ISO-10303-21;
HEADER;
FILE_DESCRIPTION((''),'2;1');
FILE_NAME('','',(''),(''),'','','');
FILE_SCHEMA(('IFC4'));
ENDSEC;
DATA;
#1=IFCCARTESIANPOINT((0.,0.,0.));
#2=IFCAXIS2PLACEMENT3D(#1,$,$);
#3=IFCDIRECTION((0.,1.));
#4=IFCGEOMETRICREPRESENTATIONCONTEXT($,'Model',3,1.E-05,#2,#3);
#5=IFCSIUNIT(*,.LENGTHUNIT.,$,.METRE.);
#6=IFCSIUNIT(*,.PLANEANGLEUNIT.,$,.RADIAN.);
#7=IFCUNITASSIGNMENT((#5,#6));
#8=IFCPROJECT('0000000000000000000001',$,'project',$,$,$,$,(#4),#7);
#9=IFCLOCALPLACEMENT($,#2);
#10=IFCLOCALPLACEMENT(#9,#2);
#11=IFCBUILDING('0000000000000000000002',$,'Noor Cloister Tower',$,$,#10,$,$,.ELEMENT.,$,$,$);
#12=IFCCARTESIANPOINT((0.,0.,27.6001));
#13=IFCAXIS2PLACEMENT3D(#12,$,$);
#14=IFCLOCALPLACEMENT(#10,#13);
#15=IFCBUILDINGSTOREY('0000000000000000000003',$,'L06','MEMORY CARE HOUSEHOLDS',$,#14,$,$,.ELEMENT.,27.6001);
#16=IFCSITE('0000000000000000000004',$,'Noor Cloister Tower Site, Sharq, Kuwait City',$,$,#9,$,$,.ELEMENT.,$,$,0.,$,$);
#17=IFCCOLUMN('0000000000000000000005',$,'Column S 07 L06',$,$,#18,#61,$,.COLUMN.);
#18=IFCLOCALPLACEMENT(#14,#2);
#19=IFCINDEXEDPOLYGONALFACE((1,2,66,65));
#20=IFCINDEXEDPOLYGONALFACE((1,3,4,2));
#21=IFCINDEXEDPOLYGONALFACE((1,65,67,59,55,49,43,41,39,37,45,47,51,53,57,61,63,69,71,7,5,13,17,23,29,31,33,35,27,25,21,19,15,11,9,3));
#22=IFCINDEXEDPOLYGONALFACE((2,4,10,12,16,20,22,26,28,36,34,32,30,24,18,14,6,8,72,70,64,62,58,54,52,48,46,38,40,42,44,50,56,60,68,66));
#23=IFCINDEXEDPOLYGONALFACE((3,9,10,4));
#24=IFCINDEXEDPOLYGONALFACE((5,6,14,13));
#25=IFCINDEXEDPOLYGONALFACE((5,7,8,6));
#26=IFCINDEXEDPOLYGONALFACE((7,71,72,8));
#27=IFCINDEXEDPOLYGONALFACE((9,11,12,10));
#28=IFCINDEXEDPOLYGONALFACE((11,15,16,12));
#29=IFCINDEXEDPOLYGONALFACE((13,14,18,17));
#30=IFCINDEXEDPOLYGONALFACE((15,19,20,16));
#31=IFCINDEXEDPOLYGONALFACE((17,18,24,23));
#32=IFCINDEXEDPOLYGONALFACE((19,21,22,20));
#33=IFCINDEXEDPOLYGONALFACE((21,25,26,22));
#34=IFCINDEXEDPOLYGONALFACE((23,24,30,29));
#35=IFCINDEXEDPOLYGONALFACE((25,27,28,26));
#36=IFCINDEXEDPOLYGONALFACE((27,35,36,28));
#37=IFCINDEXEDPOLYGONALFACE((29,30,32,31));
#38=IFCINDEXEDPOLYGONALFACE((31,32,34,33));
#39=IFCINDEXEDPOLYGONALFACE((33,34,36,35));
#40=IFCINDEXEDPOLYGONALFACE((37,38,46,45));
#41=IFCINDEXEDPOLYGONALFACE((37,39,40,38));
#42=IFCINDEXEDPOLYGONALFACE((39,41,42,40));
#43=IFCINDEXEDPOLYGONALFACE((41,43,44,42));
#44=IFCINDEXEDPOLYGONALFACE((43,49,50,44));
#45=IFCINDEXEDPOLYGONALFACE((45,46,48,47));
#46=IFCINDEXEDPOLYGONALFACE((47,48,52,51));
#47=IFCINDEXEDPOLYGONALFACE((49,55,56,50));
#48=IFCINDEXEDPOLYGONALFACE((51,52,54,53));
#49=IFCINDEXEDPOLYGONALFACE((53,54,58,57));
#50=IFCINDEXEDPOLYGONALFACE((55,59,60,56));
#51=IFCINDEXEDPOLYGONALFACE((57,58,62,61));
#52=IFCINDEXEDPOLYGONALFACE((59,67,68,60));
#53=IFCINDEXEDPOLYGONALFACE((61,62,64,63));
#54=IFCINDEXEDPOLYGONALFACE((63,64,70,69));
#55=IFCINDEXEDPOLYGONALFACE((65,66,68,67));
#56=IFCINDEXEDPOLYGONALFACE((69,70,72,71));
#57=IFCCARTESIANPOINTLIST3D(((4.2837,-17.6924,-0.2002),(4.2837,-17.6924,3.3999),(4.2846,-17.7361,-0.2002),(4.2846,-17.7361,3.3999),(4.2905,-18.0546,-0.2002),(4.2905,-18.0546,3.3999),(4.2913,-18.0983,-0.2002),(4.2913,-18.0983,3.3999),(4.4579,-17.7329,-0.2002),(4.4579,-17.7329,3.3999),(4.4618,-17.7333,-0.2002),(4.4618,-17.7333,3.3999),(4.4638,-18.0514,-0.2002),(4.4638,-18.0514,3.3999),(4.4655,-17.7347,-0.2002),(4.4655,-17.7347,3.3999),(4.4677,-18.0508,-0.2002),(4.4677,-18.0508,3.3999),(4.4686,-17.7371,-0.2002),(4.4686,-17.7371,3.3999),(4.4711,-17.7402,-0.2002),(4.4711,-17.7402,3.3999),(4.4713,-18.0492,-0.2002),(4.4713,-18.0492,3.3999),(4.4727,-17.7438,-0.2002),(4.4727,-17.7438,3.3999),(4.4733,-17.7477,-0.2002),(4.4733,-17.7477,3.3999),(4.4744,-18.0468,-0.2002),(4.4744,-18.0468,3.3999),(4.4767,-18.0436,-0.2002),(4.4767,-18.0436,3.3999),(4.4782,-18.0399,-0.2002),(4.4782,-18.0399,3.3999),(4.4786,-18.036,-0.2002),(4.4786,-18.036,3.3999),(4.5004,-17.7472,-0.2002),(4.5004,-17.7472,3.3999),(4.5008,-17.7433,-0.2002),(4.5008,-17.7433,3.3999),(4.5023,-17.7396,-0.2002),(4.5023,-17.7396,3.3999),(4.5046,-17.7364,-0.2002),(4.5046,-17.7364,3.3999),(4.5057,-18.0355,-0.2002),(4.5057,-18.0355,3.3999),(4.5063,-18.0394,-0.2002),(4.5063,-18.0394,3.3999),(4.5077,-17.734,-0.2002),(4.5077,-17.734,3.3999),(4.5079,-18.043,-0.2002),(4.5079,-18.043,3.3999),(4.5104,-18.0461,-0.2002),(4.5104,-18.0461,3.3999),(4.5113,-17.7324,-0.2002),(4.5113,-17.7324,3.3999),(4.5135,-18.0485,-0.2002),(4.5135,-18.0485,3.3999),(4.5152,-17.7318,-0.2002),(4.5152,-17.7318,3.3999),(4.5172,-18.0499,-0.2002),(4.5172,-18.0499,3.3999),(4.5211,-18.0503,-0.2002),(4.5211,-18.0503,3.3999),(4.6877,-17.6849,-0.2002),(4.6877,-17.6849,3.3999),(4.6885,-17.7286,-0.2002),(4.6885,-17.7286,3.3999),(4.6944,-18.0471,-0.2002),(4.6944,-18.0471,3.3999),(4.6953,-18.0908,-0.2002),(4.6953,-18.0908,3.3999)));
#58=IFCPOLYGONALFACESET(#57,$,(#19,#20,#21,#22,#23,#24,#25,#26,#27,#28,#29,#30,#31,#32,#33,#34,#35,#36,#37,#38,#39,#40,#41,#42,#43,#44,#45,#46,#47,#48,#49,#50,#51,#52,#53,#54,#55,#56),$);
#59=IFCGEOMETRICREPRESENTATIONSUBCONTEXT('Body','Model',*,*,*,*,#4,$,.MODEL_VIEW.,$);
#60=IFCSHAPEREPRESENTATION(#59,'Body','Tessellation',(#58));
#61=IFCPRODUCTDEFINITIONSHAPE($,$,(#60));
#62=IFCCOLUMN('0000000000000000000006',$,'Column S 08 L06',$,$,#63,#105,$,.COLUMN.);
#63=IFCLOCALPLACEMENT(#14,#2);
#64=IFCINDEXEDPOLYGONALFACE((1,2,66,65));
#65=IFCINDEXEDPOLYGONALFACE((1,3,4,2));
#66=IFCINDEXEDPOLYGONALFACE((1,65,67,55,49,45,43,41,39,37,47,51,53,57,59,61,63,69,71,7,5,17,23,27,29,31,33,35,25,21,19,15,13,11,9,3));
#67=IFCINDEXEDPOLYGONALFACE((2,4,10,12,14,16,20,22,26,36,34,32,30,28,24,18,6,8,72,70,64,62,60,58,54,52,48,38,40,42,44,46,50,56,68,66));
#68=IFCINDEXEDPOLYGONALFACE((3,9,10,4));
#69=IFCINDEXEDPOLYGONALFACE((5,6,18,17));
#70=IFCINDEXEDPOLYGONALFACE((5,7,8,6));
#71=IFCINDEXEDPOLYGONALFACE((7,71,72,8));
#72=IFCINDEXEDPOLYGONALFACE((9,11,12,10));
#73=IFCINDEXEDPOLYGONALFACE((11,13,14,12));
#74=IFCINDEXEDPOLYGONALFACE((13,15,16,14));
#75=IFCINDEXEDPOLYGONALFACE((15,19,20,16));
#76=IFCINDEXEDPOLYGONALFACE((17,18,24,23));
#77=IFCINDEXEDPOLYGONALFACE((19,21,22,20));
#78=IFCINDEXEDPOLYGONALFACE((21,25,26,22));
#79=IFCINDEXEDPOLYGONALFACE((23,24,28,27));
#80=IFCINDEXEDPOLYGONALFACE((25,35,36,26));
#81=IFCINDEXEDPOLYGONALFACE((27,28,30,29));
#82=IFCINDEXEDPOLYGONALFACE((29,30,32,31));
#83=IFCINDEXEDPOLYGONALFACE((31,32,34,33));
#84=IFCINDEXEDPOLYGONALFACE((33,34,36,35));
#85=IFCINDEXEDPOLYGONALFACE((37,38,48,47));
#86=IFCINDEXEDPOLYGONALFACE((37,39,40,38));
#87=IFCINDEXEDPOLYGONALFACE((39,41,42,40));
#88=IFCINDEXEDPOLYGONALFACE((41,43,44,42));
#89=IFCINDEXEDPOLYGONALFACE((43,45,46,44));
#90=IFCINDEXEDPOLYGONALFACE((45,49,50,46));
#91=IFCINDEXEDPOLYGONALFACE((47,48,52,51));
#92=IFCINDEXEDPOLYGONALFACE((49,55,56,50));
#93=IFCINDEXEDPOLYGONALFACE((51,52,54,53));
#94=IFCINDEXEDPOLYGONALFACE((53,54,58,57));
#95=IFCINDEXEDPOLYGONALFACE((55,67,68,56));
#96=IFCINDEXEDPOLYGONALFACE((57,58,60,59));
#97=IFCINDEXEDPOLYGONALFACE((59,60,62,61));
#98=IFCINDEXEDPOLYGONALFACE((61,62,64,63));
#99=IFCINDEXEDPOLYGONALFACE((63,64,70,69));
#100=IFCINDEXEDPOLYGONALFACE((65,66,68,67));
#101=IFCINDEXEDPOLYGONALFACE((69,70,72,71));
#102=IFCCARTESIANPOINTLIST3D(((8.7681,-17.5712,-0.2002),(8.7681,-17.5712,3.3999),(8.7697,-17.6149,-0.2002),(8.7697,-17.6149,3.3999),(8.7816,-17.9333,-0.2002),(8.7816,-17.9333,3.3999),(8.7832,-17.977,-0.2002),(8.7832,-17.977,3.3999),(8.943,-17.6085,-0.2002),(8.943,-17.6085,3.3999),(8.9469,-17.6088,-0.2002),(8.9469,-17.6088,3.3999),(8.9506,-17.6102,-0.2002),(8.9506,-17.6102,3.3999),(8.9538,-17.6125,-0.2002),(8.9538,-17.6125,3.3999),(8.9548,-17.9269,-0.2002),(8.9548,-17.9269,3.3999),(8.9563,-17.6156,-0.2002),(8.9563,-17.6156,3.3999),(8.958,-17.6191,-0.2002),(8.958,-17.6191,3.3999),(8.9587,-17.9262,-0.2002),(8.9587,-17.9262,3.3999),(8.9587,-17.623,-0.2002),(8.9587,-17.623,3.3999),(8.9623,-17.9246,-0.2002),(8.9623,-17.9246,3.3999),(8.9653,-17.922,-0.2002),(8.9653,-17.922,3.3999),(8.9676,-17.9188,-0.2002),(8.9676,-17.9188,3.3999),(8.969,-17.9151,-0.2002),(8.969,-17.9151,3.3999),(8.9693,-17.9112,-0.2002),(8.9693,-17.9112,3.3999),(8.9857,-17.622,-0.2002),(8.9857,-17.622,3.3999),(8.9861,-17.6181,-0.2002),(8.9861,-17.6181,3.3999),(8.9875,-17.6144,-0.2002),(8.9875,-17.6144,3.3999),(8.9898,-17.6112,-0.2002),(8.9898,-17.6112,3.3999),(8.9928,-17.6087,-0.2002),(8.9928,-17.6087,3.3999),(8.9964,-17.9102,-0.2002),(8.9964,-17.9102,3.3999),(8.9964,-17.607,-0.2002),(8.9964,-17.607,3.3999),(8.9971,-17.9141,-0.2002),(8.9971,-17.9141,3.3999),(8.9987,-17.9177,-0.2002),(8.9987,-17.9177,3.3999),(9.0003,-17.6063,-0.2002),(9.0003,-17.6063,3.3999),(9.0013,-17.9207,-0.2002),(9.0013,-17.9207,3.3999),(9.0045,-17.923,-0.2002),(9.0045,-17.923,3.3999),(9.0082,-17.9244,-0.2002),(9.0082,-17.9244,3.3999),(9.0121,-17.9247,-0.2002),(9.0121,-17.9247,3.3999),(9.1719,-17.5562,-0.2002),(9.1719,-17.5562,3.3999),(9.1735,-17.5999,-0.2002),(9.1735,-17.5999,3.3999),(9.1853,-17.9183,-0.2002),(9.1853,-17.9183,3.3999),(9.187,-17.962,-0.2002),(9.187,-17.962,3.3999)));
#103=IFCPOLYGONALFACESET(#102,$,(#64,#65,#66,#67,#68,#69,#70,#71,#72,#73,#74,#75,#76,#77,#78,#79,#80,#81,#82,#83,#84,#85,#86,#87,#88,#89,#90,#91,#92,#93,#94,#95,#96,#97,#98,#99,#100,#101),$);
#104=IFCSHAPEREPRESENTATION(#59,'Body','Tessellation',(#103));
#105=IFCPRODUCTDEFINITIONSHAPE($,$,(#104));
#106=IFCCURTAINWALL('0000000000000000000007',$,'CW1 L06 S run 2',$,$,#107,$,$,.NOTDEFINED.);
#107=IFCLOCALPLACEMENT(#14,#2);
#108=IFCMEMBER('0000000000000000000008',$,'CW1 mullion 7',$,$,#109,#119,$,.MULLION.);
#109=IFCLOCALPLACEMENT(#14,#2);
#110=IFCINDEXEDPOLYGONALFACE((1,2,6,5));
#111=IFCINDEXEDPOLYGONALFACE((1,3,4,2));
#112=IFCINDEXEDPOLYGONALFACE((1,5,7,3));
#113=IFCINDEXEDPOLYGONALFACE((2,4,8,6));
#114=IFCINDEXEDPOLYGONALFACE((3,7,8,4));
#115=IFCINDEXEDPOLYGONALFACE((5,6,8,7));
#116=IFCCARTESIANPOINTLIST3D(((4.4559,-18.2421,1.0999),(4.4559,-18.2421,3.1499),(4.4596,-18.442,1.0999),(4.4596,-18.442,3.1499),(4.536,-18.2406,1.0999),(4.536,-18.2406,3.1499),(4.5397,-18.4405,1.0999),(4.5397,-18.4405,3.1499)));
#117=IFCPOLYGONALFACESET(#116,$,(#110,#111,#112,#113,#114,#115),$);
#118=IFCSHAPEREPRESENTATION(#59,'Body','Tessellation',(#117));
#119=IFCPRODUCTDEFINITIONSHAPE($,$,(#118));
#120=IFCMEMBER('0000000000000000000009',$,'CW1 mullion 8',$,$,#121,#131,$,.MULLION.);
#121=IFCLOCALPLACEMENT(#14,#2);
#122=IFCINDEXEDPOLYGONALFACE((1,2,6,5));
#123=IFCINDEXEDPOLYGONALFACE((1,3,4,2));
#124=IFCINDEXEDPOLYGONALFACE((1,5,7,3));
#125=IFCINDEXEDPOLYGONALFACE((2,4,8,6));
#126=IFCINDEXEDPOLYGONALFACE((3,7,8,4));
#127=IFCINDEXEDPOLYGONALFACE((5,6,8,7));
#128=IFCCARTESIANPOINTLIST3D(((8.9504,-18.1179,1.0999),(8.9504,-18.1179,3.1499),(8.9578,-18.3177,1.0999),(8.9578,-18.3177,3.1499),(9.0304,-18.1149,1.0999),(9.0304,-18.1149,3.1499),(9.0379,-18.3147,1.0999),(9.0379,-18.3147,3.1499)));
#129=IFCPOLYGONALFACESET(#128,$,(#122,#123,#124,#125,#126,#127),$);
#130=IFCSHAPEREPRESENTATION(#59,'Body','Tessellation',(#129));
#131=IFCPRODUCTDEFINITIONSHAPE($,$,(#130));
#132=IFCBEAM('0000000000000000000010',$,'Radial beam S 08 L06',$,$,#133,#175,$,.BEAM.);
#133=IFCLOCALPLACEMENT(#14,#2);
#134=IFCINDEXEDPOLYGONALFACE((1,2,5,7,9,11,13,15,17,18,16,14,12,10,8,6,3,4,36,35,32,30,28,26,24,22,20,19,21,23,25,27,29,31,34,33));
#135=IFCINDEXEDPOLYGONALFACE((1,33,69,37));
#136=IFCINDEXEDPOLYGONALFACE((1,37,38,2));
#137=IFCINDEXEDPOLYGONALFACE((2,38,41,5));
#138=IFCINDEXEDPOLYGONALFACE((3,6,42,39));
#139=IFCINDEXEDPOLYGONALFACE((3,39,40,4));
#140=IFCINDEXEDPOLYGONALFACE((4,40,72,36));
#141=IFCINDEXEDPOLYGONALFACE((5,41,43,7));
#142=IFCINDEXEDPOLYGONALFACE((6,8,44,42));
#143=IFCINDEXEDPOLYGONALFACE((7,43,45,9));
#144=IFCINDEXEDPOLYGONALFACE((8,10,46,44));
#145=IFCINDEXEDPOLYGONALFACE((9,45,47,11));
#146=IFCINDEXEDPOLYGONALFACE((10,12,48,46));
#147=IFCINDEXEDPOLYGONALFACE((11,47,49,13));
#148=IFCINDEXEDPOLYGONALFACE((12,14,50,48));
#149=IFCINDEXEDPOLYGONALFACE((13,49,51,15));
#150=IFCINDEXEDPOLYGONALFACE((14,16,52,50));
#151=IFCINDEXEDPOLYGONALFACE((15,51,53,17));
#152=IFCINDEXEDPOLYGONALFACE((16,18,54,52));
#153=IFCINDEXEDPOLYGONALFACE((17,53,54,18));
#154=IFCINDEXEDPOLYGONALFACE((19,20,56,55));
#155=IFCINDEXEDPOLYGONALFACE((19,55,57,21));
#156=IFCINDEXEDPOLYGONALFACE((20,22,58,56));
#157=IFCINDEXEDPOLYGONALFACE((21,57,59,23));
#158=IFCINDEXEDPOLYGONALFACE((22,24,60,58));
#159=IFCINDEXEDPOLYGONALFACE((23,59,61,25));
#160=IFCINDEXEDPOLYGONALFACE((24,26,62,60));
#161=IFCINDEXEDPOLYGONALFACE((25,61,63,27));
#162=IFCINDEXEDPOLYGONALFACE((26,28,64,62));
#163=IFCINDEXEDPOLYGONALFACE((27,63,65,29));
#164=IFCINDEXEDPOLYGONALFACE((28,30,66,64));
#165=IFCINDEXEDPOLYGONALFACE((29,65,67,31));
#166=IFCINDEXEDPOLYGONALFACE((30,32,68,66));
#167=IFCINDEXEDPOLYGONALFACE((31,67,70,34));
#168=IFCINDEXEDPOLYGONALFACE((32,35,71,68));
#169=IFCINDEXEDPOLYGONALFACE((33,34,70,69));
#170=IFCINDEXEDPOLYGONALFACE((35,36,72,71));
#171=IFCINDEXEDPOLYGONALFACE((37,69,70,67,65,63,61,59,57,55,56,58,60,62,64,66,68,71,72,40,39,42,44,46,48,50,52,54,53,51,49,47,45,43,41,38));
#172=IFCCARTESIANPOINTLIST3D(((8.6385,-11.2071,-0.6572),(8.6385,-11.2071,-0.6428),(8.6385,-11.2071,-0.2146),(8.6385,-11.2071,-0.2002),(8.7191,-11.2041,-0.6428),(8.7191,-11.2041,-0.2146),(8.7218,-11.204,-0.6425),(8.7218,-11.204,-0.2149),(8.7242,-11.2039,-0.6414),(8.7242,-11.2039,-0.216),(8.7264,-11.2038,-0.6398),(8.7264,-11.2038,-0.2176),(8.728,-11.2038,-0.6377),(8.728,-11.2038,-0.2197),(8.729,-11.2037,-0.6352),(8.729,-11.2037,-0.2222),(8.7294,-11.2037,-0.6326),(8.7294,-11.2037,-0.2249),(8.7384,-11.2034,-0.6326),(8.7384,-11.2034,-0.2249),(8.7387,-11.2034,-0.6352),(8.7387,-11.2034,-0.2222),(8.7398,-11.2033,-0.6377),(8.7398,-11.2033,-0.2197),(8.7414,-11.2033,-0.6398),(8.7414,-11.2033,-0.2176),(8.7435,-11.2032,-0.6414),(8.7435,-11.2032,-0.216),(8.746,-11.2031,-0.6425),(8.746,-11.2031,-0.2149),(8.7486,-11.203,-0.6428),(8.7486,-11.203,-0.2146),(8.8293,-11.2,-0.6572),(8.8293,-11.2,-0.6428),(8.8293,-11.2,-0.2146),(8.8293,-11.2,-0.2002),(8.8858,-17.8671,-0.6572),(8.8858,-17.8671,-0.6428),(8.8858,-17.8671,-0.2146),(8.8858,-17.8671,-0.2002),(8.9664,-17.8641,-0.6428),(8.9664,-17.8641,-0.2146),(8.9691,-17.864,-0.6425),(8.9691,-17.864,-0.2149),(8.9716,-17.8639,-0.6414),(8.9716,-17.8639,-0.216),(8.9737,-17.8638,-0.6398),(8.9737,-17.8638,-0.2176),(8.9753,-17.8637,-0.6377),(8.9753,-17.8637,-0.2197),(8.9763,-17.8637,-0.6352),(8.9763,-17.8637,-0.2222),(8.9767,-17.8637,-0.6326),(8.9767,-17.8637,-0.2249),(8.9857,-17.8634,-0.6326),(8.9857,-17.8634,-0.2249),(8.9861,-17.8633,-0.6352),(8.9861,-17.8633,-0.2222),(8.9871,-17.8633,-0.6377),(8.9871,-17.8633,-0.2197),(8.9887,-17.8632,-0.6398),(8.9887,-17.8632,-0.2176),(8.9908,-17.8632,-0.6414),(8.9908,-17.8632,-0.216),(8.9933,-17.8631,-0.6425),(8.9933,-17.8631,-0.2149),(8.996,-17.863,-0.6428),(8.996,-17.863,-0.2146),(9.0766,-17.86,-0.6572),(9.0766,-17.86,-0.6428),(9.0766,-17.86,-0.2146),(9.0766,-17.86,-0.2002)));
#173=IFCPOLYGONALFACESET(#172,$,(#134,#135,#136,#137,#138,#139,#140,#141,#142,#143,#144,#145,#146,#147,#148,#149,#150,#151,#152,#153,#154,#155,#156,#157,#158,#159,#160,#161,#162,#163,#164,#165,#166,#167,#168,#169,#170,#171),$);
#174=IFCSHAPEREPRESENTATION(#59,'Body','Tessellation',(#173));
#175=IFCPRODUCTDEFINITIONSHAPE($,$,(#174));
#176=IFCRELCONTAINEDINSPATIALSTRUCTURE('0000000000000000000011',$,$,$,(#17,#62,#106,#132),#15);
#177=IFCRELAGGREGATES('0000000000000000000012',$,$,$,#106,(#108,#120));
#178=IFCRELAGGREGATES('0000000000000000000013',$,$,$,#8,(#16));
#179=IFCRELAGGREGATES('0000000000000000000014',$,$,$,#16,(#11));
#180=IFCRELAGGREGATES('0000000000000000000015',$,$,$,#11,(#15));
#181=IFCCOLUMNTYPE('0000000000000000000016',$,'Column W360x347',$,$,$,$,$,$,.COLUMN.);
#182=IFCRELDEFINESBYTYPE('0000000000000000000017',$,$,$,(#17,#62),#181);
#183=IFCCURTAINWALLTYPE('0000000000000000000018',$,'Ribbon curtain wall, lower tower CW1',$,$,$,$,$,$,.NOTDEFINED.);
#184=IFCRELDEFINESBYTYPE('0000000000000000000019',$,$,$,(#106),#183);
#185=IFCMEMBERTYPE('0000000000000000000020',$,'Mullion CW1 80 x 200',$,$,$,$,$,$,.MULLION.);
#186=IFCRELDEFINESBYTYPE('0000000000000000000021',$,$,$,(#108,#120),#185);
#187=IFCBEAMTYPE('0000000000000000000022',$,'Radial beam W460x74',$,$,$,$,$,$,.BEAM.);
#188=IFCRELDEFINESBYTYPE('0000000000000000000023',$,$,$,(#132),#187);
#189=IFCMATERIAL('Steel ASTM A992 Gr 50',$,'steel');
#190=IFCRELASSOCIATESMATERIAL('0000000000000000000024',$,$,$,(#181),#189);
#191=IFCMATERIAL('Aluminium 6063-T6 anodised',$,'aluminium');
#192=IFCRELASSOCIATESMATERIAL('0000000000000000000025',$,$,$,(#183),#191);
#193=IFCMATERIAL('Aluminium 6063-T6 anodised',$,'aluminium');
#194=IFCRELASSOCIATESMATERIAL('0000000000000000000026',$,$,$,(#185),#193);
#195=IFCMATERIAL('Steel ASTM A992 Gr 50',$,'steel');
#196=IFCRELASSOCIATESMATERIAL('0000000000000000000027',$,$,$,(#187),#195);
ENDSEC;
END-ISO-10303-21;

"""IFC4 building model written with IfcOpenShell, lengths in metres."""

from ifc_helpers import new_model, si_unit, direction, frame, origin, origin_2d, place, context, subcontext, project, spatial, rectangle, i_section, extrude, material, material_profile, profile_set, type_object, element, aggregate, save


model = new_model("IFC4")

# Units and contexts
model_context = context("Model", 3, precision=1e-05, world=origin(), true_north=direction((0.0, 1.0)))
body_context = subcontext(model_context, "Body", "Model", "MODEL_VIEW")
ifc_project = project(units=[si_unit("LENGTHUNIT", "METRE"), si_unit("PLANEANGLEUNIT", "RADIAN")], contexts=[model_context])

# Site, building, storey
site_placement = place(None, origin())
site = spatial("IfcSite", under=ifc_project, at=site_placement, Name="Noor Cloister Tower Site, Sharq, Kuwait City", CompositionType="ELEMENT", RefElevation=0.0)
building_placement = place(site_placement, origin())
building = spatial("IfcBuilding", under=site, at=building_placement, Name="Noor Cloister Tower", CompositionType="ELEMENT")
storey_placement = place(building_placement, frame((0.0, 0.0, 27.6001)))
storey = spatial("IfcBuildingStorey", under=building, at=storey_placement, Name="L06", Description="MEMORY CARE HOUSEHOLDS", CompositionType="ELEMENT", Elevation=27.6001)

# Columns
ifc_material_1 = material(Name="Steel ASTM A992 Gr 50", Category="steel")
ifc_material_profile_1 = material_profile(ifc_material_1, i_section(OverallWidth=0.4041, OverallDepth=0.406, WebThickness=0.0271, FlangeThickness=0.0437, FilletRadius=0.0151, at=origin_2d()), Name="W360x347")
ifc_profile_set_1 = profile_set([ifc_material_profile_1], Name="Steel ASTM A992 Gr 50")
column_type = type_object("IfcColumnType", Name="Column W360x347", PredefinedType="COLUMN", material=ifc_profile_set_1)
for number, where, z_axis, x_axis, name in (
    (1, (4.4895, -17.8916, -0.2002), (0.0, 0.0, 1.0), (0.999828, 0.018553, 0.0), "Column S 07 L06"),
    (2, (8.9775, -17.7666, -0.2002), (0.0, 0.0, 1.0), (0.999312, 0.037099, 0.0), "Column S 08 L06"),
):
    element("IfcColumn", number, at=place(storey_placement, frame(where, z_axis=z_axis, x_axis=x_axis)), inside=storey, type_object=column_type, Name=name, PredefinedType="COLUMN", context=body_context, shape_type="SweptSolid", body=[
        extrude(i_section(OverallWidth=0.4041, OverallDepth=0.406, WebThickness=0.0271, FlangeThickness=0.0437, FilletRadius=0.0151, at=origin_2d()), origin(), (0.0, 0.0, 1.0), 3.6001),
    ])

# Curtain wall, members
ifc_material_2 = material(Name="Aluminium 6063-T6 anodised", Category="aluminium")
curtain_wall_type = type_object("IfcCurtainWallType", Name="Ribbon curtain wall, lower tower CW1", PredefinedType="NOTDEFINED", material=ifc_material_2)
curtain_wall_placement = place(storey_placement, origin())
curtain_wall = element("IfcCurtainWall", 3, at=curtain_wall_placement, inside=storey, type_object=curtain_wall_type, Name="CW1 L06 S run 2", PredefinedType="NOTDEFINED")
ifc_material_3 = material(Name="Aluminium 6063-T6 anodised", Category="aluminium")
ifc_material_profile_2 = material_profile(ifc_material_3, rectangle(XDim=0.2, YDim=0.0801, at=origin_2d()), Name="200 x 80 mullion")
ifc_profile_set_2 = profile_set([ifc_material_profile_2], Name="Aluminium 6063-T6 anodised")
member_type = type_object("IfcMemberType", Name="Mullion CW1 80 x 200", PredefinedType="MULLION", material=ifc_profile_set_2)
member_1_placement = place(storey_placement, frame((4.4978, -18.3413, 1.0999), z_axis=(0.0, 0.0, 1.0), x_axis=(-0.018553, 0.999828, 0.0)))
member_1 = element("IfcMember", 4, at=member_1_placement, type_object=member_type, Name="CW1 mullion 7", PredefinedType="MULLION", context=body_context, shape_type="SweptSolid", body=[
    extrude(rectangle(XDim=0.2, YDim=0.0801, at=origin_2d()), origin(), (0.0, 0.0, 1.0), 2.05),
])
member_2_placement = place(storey_placement, frame((8.9941, -18.2163, 1.0999), z_axis=(0.0, 0.0, 1.0), x_axis=(-0.037099, 0.999312, 0.0)))
member_2 = element("IfcMember", 5, at=member_2_placement, type_object=member_type, Name="CW1 mullion 8", PredefinedType="MULLION", context=body_context, shape_type="SweptSolid", body=[
    extrude(rectangle(XDim=0.2, YDim=0.0801, at=origin_2d()), origin(), (0.0, 0.0, 1.0), 2.05),
])

# Beam
ifc_material_4 = material(Name="Steel ASTM A992 Gr 50", Category="steel")
ifc_material_profile_3 = material_profile(ifc_material_4, i_section(OverallWidth=0.1909, OverallDepth=0.457, WebThickness=0.009, FlangeThickness=0.0144, FilletRadius=0.0103, at=origin_2d()), Name="W460x74")
ifc_profile_set_3 = profile_set([ifc_material_profile_3], Name="Steel ASTM A992 Gr 50")
beam_type_1 = type_object("IfcBeamType", Name="Radial beam W460x74", PredefinedType="BEAM", material=ifc_profile_set_3)
beam_1_placement = place(storey_placement, frame((8.9812, -17.8635, -0.4287), z_axis=(-0.037109, 0.999311, 0.0), x_axis=(-0.999311, -0.037109, 0.0)))
element("IfcBeam", 6, at=beam_1_placement, inside=storey, type_object=beam_type_1, Name="Radial beam S 08 L06", PredefinedType="BEAM", context=body_context, shape_type="SweptSolid", body=[
    extrude(i_section(OverallWidth=0.1909, OverallDepth=0.457, WebThickness=0.009, FlangeThickness=0.0144, FilletRadius=0.0103, at=origin_2d()), origin(), (0.0, 0.0, 1.0), 6.6646),
])

aggregate(curtain_wall, [member_1, member_2])

save(model, "model.ifc")
